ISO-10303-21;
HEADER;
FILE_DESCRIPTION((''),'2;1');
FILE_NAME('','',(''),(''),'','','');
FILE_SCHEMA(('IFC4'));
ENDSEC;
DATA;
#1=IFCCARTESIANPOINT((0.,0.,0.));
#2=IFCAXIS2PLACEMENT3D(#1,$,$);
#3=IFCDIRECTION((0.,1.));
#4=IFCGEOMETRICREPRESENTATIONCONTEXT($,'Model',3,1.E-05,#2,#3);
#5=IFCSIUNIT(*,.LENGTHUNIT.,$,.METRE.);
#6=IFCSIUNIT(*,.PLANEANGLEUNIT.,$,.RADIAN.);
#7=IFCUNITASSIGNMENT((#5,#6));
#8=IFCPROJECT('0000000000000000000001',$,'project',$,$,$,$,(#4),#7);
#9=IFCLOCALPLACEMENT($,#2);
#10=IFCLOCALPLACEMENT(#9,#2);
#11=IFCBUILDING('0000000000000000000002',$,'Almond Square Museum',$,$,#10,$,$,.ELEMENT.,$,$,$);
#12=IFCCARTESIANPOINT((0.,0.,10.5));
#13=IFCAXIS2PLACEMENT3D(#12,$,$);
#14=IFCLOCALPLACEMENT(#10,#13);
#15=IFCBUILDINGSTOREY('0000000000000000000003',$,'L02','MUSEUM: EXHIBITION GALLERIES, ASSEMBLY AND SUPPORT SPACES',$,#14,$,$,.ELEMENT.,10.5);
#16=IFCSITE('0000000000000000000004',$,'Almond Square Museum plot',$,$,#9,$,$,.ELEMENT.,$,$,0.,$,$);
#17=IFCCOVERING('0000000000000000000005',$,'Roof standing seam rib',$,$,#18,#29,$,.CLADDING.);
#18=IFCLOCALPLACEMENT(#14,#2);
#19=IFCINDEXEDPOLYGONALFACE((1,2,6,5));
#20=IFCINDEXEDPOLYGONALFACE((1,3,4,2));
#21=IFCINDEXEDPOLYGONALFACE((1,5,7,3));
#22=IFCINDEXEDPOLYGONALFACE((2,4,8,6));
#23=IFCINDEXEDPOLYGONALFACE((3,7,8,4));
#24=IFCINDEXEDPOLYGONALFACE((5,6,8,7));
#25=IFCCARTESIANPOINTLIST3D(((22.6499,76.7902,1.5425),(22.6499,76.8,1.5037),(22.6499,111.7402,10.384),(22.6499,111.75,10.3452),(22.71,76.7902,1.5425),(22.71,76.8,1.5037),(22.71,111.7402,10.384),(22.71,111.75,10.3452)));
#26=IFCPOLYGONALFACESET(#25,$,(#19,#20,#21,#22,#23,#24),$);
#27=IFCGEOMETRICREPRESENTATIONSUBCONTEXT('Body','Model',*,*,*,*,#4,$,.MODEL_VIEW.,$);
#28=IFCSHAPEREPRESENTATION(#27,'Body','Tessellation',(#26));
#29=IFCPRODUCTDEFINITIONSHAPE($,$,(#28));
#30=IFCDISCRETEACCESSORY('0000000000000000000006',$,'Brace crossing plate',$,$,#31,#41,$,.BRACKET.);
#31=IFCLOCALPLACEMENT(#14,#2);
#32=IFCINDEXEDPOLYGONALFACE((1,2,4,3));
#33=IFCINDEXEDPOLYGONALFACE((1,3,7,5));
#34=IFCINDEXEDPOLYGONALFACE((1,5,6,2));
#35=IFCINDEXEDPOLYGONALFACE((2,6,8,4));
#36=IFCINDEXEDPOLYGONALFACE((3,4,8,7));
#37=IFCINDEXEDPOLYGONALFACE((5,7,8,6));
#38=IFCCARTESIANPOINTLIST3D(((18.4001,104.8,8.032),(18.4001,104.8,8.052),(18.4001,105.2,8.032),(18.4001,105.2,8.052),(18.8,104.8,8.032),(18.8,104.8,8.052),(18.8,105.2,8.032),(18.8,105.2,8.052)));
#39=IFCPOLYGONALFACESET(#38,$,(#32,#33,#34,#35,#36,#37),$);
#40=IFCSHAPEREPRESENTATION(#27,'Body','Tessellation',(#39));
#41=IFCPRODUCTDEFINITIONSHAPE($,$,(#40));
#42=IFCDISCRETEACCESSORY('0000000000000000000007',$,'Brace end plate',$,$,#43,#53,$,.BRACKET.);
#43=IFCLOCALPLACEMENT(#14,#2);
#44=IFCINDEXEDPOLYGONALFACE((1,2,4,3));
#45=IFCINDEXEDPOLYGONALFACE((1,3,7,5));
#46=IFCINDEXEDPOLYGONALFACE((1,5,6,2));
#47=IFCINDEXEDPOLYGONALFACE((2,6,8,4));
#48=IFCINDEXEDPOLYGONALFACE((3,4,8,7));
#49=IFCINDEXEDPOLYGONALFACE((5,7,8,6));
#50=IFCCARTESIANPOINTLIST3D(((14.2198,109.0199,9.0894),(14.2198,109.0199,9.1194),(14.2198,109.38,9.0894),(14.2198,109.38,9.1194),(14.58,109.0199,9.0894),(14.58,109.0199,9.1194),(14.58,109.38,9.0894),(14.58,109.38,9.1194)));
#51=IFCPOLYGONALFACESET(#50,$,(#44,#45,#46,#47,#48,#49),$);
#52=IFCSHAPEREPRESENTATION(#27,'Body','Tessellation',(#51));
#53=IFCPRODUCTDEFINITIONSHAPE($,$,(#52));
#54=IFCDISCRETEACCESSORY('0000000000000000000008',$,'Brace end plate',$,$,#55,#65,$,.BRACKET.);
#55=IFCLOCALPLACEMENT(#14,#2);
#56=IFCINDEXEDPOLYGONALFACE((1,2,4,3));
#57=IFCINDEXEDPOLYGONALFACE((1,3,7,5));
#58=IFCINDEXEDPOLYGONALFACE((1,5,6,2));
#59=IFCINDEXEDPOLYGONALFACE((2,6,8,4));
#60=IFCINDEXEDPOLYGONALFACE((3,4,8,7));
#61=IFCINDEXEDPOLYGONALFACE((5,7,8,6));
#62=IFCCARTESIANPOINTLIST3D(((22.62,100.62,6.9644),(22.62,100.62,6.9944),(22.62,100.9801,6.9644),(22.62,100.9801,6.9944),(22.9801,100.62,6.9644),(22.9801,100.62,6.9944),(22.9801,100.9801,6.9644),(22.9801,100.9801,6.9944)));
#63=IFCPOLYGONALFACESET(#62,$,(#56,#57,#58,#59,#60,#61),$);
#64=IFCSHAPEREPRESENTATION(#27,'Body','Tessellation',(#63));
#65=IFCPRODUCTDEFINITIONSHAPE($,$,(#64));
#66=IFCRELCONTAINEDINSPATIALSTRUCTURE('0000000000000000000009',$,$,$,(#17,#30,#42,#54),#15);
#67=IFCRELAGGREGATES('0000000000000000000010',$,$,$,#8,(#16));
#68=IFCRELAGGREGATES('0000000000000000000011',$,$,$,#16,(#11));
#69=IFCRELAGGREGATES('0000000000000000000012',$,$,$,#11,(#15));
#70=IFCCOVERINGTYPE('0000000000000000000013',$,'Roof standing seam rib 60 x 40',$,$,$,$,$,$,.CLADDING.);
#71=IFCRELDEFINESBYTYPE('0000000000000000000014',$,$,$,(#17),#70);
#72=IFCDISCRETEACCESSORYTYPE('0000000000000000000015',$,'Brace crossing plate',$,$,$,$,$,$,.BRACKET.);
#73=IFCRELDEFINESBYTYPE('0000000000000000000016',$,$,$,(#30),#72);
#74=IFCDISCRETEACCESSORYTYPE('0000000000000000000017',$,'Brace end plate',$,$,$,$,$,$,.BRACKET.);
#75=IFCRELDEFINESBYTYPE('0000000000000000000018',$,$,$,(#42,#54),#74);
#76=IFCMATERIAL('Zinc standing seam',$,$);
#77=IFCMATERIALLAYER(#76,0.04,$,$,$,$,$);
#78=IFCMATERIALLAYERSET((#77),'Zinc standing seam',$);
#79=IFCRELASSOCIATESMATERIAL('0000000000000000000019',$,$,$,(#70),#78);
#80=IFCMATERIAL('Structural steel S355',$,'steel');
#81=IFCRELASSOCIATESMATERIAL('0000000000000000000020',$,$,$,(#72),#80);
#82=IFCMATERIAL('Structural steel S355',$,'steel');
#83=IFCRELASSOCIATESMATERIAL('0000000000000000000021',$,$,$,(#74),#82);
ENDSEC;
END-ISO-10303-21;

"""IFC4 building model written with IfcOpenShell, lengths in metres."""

from ifc_helpers import new_model, si_unit, direction, frame, origin, origin_2d, place, context, subcontext, project, spatial, polyline, rectangle, outline, extrude, material, layer, layer_set, type_object, element, save


model = new_model("IFC4")

# Units and contexts
model_context = context("Model", 3, precision=1e-05, world=origin(), true_north=direction((0.0, 1.0)))
body_context = subcontext(model_context, "Body", "Model", "MODEL_VIEW")
ifc_project = project(units=[si_unit("LENGTHUNIT", "METRE"), si_unit("PLANEANGLEUNIT", "RADIAN")], contexts=[model_context])

# Site, building, storey
site_placement = place(None, origin())
site = spatial("IfcSite", under=ifc_project, at=site_placement, Name="Almond Square Museum plot", CompositionType="ELEMENT", RefElevation=0.0)
building_placement = place(site_placement, origin())
building = spatial("IfcBuilding", under=site, at=building_placement, Name="Almond Square Museum", CompositionType="ELEMENT")
storey_placement = place(building_placement, frame((0.0, 0.0, 10.5)))
storey = spatial("IfcBuildingStorey", under=building, at=storey_placement, Name="L02", Description="MUSEUM: EXHIBITION GALLERIES, ASSEMBLY AND SUPPORT SPACES", CompositionType="ELEMENT", Elevation=10.5)

# Covering
ifc_material_1 = material(Name="Zinc standing seam")
ifc_layer = layer(ifc_material_1, 0.04)
ifc_layer_set = layer_set([ifc_layer], Name="Zinc standing seam")
covering_type = type_object("IfcCoveringType", Name="Roof standing seam rib 60 x 40", PredefinedType="CLADDING", material=ifc_layer_set)
for number, where, z_axis, x_axis, name in (
    (1, (22.71, 111.75, 10.3452), (0.0, -0.245251, 0.969459), (-1.0, 0.0, 0.0), "Roof standing seam rib"),
):
    element("IfcCovering", number, at=place(storey_placement, frame(where, z_axis=z_axis, x_axis=x_axis)), inside=storey, type_object=covering_type, Name=name, PredefinedType="CLADDING", context=body_context, shape_type="SweptSolid", body=[
        extrude(outline(polyline([(0.0, 0.0), (0.0601, 0.0), (0.0601, 36.051), (0.0, 36.051), (0.0, 0.0)])), origin(), (0.0, 0.0, 1.0), 0.04),
    ])

# Discrete accessories
ifc_material_2 = material(Name="Structural steel S355", Category="steel")
discrete_accessory_type_1 = type_object("IfcDiscreteAccessoryType", Name="Brace crossing plate", PredefinedType="BRACKET", material=ifc_material_2)
discrete_accessory_placement = place(storey_placement, frame((18.6001, 105.0, 8.032), z_axis=(0.0, 0.0, 1.0), x_axis=(1.0, 0.0, 0.0)))
element("IfcDiscreteAccessory", 2, at=discrete_accessory_placement, inside=storey, type_object=discrete_accessory_type_1, Name="Brace crossing plate", PredefinedType="BRACKET", context=body_context, shape_type="SweptSolid", body=[
    extrude(rectangle(XDim=0.3999, YDim=0.3999, at=origin_2d()), origin(), (0.0, 0.0, 1.0), 0.02),
])
ifc_material_3 = material(Name="Structural steel S355", Category="steel")
discrete_accessory_type_2 = type_object("IfcDiscreteAccessoryType", Name="Brace end plate", PredefinedType="BRACKET", material=ifc_material_3)
for number, where, z_axis, x_axis, name in (
    (3, (14.3999, 109.2, 9.0894), (0.0, 0.0, 1.0), (1.0, 0.0, 0.0), "Brace end plate"),
    (4, (22.8, 100.8, 6.9644), (0.0, 0.0, 1.0), (1.0, 0.0, 0.0), "Brace end plate"),
):
    element("IfcDiscreteAccessory", number, at=place(storey_placement, frame(where, z_axis=z_axis, x_axis=x_axis)), inside=storey, type_object=discrete_accessory_type_2, Name=name, PredefinedType="BRACKET", context=body_context, shape_type="SweptSolid", body=[
        extrude(rectangle(XDim=0.3601, YDim=0.3601, at=origin_2d()), origin(), (0.0, 0.0, 1.0), 0.03),
    ])

save(model, "model.ifc")
